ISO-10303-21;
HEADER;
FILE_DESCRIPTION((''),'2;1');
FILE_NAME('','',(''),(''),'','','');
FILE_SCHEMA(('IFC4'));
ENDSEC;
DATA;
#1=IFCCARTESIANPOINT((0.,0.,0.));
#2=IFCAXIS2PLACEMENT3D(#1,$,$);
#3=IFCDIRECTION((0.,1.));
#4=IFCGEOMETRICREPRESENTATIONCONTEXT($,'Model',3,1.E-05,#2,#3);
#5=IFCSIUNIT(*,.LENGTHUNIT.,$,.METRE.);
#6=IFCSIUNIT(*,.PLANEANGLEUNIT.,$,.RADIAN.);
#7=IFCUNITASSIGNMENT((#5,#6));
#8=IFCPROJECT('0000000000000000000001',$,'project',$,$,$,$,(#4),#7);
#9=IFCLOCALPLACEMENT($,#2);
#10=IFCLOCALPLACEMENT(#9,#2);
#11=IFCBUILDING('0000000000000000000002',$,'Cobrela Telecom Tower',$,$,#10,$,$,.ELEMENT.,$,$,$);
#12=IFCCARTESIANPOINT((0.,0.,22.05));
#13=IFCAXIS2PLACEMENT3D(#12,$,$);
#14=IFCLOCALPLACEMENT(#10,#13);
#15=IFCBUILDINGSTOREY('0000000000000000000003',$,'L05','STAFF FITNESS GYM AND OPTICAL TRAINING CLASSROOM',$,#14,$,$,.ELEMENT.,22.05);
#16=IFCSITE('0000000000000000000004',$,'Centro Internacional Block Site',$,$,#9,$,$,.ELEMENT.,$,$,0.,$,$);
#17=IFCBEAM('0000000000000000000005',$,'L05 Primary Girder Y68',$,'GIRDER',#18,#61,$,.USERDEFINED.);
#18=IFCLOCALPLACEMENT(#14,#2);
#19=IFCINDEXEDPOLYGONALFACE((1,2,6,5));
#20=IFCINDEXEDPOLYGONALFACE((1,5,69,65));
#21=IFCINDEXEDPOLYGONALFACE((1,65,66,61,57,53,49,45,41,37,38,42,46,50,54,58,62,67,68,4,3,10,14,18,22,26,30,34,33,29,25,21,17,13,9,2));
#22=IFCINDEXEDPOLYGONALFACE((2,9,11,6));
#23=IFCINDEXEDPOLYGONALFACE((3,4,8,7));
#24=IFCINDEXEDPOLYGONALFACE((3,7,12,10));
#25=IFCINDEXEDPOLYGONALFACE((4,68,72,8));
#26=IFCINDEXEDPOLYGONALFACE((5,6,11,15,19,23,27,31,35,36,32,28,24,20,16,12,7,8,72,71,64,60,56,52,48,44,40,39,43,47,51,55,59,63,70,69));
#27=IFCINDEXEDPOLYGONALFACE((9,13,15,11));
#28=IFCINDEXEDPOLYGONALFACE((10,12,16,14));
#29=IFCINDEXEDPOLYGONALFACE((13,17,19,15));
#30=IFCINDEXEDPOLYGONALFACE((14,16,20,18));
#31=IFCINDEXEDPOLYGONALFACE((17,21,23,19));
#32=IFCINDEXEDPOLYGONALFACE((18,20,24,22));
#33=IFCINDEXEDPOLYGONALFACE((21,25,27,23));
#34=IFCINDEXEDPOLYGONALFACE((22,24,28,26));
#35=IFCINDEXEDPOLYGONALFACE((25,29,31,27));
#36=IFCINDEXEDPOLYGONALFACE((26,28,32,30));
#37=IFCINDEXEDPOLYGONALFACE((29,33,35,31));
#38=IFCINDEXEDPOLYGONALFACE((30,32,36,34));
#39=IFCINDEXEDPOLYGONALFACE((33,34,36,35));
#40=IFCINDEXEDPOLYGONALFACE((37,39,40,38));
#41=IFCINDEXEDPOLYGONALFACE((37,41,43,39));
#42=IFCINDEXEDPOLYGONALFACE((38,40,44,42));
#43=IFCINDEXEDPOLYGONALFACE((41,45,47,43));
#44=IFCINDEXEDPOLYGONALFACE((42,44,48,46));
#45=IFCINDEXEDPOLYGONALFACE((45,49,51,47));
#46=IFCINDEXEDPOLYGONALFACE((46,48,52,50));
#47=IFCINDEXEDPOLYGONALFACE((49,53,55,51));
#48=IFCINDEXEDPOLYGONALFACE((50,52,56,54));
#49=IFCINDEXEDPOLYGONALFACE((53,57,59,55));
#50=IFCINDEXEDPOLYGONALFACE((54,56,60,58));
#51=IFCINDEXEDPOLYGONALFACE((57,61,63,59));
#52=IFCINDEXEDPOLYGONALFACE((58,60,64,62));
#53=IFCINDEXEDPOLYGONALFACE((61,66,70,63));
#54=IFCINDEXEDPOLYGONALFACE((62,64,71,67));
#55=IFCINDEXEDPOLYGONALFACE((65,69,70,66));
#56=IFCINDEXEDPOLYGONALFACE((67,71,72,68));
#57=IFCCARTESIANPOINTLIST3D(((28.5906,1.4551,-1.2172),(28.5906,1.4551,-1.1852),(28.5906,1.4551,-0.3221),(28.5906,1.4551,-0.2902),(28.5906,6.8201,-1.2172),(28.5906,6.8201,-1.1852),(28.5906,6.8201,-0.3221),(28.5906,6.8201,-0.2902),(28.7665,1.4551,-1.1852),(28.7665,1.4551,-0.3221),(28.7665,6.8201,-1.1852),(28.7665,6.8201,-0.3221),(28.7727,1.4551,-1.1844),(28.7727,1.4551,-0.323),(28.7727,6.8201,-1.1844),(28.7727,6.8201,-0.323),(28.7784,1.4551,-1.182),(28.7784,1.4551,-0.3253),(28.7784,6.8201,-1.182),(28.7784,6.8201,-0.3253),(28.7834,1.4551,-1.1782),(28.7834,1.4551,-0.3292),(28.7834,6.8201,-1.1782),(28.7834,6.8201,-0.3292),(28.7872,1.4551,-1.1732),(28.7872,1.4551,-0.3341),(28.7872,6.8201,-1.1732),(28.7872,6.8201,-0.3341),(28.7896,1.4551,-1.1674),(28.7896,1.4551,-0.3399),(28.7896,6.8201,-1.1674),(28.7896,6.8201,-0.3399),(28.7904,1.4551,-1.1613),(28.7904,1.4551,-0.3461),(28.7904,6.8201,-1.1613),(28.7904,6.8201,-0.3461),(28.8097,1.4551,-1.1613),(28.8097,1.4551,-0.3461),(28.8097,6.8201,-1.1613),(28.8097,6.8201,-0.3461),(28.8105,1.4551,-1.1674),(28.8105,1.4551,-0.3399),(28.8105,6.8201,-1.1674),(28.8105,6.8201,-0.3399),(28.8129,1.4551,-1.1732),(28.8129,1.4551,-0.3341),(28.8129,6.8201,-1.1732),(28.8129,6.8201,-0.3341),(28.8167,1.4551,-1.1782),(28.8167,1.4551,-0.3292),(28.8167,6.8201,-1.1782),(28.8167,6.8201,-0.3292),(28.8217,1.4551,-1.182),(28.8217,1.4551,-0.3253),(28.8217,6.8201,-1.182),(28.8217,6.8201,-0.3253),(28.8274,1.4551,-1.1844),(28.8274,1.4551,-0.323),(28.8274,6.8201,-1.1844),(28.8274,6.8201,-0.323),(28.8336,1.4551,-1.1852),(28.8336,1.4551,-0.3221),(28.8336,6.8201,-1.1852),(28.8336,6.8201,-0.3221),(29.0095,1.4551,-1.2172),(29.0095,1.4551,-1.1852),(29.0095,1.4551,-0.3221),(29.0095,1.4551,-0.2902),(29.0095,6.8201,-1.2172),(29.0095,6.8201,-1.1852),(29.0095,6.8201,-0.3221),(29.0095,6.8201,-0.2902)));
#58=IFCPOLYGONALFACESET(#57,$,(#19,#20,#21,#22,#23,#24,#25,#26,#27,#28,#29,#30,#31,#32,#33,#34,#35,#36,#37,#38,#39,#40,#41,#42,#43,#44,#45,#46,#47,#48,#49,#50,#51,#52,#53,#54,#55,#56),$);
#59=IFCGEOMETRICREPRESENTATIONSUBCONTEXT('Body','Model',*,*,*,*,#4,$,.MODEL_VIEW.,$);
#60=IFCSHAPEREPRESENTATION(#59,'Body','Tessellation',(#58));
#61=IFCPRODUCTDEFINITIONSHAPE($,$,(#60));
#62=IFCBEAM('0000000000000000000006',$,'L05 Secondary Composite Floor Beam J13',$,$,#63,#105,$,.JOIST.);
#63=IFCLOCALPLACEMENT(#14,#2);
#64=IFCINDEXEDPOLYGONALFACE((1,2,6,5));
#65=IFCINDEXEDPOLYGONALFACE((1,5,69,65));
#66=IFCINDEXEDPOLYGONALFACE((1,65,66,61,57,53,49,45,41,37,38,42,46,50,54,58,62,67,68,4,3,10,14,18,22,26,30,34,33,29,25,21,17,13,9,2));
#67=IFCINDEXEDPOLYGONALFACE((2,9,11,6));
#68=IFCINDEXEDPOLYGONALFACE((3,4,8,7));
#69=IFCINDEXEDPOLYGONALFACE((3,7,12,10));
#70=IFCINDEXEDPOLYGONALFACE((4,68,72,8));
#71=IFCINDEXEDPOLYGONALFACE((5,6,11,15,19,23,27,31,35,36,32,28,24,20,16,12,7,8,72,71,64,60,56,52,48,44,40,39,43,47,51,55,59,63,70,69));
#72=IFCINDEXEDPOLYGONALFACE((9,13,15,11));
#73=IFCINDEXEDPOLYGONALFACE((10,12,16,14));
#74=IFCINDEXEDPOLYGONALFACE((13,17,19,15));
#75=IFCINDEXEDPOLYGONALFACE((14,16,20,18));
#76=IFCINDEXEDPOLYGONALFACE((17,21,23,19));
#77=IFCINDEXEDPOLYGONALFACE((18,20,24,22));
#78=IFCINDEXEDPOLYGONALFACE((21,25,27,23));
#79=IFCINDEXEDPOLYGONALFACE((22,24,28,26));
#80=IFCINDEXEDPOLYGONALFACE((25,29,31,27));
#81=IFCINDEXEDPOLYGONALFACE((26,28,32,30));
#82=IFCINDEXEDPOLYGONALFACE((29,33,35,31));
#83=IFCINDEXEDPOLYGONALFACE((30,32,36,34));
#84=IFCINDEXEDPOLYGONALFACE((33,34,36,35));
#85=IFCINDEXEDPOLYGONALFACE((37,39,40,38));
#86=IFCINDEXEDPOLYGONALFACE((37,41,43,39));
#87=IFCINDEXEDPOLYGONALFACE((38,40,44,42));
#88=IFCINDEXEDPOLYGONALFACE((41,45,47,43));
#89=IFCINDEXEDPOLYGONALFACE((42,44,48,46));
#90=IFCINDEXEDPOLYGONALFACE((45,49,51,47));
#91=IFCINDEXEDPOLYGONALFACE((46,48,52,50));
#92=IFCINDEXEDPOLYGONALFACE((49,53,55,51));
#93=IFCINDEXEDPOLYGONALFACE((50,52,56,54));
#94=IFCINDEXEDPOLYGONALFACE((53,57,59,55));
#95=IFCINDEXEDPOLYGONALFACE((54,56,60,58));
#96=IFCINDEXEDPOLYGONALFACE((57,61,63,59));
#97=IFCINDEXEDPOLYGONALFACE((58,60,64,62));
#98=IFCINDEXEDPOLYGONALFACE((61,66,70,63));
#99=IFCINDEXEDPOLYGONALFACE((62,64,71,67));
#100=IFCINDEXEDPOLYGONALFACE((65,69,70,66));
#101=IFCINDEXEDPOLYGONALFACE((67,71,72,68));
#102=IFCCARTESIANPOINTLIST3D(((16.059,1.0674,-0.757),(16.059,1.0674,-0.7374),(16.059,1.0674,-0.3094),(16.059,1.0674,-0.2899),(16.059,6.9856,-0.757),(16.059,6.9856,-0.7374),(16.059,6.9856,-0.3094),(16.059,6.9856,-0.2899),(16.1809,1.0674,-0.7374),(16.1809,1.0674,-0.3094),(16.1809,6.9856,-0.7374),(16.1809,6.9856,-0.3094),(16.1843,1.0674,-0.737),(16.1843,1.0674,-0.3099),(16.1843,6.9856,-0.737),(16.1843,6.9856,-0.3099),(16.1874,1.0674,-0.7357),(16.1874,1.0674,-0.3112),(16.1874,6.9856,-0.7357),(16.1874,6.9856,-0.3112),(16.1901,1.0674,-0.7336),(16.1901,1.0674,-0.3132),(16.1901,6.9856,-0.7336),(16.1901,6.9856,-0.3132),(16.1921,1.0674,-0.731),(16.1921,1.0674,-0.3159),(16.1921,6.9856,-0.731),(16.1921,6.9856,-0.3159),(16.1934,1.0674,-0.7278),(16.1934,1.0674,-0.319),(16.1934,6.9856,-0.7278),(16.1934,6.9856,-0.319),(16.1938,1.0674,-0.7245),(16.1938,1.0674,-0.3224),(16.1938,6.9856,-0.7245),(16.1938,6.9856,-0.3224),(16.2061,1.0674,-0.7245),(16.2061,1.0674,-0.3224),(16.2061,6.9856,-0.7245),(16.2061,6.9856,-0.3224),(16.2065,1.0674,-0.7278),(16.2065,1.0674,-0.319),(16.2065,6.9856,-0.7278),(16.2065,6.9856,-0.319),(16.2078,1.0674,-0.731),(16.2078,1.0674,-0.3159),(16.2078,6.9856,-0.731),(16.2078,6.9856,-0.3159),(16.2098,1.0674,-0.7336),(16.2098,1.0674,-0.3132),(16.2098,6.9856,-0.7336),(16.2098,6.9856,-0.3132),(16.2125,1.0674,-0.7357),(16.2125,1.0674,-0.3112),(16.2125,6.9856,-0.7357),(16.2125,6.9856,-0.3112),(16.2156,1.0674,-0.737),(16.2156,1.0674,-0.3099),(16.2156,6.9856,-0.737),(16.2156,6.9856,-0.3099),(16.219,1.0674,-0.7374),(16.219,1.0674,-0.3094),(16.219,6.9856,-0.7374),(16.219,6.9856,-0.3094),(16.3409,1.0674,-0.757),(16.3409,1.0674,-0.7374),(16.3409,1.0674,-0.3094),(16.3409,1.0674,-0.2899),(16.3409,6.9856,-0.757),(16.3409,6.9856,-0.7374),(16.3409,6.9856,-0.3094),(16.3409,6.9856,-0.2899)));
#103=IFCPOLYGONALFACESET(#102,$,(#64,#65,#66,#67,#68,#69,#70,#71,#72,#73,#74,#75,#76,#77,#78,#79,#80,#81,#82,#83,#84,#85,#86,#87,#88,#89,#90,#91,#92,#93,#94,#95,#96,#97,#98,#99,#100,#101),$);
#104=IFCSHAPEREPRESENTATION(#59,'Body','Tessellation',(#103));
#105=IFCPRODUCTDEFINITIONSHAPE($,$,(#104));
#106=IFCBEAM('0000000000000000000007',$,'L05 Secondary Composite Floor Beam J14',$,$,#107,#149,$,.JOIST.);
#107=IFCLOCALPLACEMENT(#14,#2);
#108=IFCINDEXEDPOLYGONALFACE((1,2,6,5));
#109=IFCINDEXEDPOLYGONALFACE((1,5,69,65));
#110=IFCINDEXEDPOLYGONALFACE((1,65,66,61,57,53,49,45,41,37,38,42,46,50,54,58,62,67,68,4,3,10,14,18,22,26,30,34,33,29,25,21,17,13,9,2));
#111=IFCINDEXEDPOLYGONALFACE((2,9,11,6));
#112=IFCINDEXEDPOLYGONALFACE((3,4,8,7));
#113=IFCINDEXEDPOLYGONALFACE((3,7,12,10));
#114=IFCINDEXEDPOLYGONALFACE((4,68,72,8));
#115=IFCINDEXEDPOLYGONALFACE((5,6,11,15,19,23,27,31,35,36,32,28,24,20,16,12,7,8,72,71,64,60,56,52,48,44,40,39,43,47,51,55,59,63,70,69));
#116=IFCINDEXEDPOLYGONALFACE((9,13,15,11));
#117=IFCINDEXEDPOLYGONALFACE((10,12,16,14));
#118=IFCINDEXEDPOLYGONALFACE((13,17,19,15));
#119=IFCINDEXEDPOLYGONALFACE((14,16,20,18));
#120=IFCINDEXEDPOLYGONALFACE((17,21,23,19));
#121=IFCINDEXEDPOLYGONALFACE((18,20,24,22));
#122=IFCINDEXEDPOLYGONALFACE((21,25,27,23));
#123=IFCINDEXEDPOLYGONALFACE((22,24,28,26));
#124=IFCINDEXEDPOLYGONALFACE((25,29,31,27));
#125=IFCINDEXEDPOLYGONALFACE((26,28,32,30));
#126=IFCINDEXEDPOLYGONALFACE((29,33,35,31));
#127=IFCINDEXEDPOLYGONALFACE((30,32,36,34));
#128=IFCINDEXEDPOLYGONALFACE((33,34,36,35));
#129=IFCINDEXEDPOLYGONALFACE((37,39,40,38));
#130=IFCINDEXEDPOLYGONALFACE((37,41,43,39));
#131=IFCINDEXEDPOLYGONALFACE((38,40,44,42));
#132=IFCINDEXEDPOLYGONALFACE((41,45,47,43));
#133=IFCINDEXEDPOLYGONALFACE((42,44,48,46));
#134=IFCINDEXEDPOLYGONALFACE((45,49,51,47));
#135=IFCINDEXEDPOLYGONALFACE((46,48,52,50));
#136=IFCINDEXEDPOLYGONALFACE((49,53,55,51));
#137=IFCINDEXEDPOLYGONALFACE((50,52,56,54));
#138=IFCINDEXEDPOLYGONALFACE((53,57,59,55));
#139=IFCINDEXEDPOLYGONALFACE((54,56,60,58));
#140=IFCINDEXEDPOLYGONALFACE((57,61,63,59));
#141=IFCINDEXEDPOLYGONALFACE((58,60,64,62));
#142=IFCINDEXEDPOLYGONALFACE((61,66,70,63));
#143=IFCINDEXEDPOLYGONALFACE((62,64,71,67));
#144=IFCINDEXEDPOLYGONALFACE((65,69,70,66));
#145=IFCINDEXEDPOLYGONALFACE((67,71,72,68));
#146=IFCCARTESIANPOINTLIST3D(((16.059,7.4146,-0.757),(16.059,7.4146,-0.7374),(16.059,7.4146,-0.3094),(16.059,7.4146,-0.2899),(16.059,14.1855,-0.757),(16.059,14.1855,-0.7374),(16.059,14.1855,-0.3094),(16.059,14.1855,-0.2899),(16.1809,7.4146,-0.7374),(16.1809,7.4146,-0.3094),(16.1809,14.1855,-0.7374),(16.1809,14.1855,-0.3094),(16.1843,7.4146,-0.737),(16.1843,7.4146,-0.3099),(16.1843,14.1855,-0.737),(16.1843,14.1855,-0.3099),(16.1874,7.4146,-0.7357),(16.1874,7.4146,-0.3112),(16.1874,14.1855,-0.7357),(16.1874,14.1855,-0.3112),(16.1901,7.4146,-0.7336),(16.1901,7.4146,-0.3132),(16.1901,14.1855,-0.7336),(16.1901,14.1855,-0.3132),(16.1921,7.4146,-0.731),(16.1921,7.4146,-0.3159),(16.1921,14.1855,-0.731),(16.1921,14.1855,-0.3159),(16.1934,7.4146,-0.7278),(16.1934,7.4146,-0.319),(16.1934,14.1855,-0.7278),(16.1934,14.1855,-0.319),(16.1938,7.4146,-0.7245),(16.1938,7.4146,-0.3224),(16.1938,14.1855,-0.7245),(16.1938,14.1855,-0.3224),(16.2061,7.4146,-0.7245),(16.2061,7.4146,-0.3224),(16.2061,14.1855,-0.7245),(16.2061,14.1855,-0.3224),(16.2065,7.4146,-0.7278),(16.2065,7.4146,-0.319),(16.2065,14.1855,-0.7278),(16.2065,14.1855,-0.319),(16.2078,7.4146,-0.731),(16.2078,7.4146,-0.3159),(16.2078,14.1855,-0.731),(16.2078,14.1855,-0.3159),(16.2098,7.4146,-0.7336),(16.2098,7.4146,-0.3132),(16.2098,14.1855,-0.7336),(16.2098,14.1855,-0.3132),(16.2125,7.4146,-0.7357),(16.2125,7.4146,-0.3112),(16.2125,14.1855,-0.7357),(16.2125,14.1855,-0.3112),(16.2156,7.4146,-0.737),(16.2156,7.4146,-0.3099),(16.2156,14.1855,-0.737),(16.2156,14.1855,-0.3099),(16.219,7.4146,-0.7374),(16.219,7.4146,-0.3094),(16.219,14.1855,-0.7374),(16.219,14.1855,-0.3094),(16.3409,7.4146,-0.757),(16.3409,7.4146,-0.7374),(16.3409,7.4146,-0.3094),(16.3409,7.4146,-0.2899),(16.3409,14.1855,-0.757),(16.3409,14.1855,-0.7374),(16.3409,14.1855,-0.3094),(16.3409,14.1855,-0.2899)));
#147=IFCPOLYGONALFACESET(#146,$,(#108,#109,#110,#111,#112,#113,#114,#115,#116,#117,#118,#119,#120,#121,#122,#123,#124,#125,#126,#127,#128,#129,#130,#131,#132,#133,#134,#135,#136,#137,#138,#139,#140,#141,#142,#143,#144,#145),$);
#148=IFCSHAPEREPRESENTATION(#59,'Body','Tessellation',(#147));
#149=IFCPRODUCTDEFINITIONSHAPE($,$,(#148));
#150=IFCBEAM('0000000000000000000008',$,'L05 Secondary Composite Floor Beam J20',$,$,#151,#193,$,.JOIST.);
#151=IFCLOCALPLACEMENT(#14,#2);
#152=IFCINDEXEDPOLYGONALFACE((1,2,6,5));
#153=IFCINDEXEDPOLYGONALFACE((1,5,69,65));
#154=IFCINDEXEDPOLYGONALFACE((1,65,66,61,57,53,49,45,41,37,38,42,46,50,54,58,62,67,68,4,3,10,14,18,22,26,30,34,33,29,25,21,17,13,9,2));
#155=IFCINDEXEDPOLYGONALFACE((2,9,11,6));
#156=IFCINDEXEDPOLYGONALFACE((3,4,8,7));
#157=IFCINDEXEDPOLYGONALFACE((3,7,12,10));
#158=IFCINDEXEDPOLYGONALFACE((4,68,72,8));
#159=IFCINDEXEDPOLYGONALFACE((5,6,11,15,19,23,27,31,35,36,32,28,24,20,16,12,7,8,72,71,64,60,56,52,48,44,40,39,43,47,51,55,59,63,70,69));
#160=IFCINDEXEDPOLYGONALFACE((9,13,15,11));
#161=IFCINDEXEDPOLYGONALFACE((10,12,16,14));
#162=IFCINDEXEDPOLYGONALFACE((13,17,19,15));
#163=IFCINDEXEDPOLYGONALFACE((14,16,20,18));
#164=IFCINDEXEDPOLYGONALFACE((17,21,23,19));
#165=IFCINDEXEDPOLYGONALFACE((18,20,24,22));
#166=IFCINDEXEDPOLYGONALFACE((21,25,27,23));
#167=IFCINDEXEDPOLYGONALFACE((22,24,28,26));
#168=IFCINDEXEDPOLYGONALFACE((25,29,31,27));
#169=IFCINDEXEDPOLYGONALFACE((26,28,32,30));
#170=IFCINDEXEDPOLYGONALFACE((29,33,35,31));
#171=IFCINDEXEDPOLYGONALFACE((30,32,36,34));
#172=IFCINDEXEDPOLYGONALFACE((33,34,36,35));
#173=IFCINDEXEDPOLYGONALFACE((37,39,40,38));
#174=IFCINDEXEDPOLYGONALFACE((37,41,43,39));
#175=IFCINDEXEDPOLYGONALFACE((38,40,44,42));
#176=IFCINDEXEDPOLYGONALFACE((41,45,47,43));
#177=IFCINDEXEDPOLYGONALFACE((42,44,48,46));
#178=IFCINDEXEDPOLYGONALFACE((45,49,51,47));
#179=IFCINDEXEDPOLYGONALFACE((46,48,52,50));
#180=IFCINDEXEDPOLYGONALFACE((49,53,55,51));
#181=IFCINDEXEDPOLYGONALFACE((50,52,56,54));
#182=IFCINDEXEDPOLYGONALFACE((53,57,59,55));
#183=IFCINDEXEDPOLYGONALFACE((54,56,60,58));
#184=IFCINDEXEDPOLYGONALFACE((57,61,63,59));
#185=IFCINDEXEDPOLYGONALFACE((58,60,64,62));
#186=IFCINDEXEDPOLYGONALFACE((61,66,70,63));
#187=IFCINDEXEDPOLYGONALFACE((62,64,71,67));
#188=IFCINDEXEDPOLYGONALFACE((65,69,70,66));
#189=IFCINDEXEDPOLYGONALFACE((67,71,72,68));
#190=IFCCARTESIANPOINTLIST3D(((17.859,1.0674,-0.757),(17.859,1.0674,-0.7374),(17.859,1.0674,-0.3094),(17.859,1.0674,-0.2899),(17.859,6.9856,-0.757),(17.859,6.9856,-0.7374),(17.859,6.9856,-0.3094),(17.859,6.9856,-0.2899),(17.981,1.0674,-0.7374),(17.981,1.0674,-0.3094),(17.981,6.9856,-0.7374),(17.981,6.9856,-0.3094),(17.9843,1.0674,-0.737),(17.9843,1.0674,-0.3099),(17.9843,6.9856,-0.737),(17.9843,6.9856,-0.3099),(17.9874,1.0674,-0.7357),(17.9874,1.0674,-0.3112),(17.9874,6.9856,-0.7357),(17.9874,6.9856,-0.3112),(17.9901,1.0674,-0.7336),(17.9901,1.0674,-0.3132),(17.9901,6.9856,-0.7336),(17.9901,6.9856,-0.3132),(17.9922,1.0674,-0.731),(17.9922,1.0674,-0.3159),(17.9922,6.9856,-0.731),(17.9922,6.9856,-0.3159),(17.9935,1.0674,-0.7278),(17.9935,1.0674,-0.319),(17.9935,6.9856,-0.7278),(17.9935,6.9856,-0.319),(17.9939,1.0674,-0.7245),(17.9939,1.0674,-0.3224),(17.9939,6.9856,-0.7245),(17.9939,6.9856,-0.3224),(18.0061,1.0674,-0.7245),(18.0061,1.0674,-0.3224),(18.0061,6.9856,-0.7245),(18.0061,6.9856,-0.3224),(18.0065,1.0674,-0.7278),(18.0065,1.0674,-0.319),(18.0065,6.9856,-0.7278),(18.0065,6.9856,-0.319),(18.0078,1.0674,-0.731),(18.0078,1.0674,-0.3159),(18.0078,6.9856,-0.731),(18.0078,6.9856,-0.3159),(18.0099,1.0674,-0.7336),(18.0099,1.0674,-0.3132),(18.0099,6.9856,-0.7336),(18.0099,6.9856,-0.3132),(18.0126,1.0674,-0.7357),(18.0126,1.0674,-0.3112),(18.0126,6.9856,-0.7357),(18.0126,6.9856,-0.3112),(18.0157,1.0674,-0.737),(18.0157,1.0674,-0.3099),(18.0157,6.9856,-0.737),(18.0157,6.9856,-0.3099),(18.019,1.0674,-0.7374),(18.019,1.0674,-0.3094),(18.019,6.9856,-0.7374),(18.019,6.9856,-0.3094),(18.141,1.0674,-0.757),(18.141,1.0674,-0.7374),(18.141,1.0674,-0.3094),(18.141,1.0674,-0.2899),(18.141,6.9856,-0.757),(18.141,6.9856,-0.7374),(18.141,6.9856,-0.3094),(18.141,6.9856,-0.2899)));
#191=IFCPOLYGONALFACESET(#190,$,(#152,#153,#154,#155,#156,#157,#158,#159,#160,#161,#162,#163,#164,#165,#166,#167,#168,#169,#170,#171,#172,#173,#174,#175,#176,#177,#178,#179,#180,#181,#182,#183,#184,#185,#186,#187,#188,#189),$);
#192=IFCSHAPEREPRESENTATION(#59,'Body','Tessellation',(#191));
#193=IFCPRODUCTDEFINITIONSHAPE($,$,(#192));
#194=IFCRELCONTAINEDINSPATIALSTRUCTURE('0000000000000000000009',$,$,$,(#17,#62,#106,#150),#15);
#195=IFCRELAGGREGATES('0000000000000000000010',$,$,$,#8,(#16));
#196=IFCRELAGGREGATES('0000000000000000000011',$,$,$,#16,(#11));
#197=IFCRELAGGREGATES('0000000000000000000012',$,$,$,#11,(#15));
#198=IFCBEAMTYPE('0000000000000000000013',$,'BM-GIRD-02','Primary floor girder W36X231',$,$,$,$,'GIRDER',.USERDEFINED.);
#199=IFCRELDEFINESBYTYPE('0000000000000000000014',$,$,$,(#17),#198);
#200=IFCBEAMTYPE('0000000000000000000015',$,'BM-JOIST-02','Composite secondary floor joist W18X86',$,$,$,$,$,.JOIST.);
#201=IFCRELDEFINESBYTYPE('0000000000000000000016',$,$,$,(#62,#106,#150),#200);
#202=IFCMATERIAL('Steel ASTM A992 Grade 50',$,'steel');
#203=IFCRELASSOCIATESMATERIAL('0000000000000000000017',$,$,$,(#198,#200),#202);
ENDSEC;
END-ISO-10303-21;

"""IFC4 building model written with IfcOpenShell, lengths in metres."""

from ifc_helpers import new_model, si_unit, direction, frame, origin, origin_2d, place, context, subcontext, project, spatial, i_section, extrude, material, material_profile, profile_set, type_object, element, save


model = new_model("IFC4")

# Units and contexts
model_context = context("Model", 3, precision=1e-05, world=origin(), true_north=direction((0.0, 1.0)))
body_context = subcontext(model_context, "Body", "Model", "MODEL_VIEW")
ifc_project = project(units=[si_unit("LENGTHUNIT", "METRE"), si_unit("PLANEANGLEUNIT", "RADIAN")], contexts=[model_context])

# Site, building, storey
site_placement = place(None, origin())
site = spatial("IfcSite", under=ifc_project, at=site_placement, Name="Centro Internacional Block Site", CompositionType="ELEMENT", RefElevation=0.0)
building_placement = place(site_placement, origin())
building = spatial("IfcBuilding", under=site, at=building_placement, Name="Cobrela Telecom Tower", CompositionType="ELEMENT")
storey_placement = place(building_placement, frame((0.0, 0.0, 22.05)))
storey = spatial("IfcBuildingStorey", under=building, at=storey_placement, Name="L05", Description="STAFF FITNESS GYM AND OPTICAL TRAINING CLASSROOM", CompositionType="ELEMENT", Elevation=22.05)

# Beams
ifc_material_1 = material(Name="Steel ASTM A992 Grade 50", Category="steel")
ifc_material_profile_1 = material_profile(ifc_material_1, i_section(OverallWidth=0.4189, OverallDepth=0.927, WebThickness=0.0193, FlangeThickness=0.032, FilletRadius=0.0239, at=origin_2d()), Name="W36X231")
ifc_profile_set_1 = profile_set([ifc_material_profile_1], Name="Steel ASTM A992 Grade 50")
beam_type_1 = type_object("IfcBeamType", Name="BM-GIRD-02", Description="Primary floor girder W36X231", ElementType="GIRDER", PredefinedType="USERDEFINED", material=ifc_profile_set_1)
beam_1_placement = place(storey_placement, frame((28.8, 1.4551, -0.7537), z_axis=(0.0, 1.0, 0.0), x_axis=(-1.0, 0.0, 0.0)))
element("IfcBeam", 1, at=beam_1_placement, inside=storey, type_object=beam_type_1, Name="L05 Primary Girder Y68", ObjectType="GIRDER", PredefinedType="USERDEFINED", context=body_context, shape_type="SweptSolid", body=[
    extrude(i_section(OverallWidth=0.4189, OverallDepth=0.927, WebThickness=0.0193, FlangeThickness=0.032, FilletRadius=0.0239, at=origin_2d()), origin(), (0.0, 0.0, 1.0), 5.365),
])
ifc_material_profile_2 = material_profile(ifc_material_1, i_section(OverallWidth=0.282, OverallDepth=0.467, WebThickness=0.0122, FlangeThickness=0.0195, FilletRadius=0.0129, at=origin_2d()), Name="W18X86")
ifc_profile_set_2 = profile_set([ifc_material_profile_2], Name="Steel ASTM A992 Grade 50")
beam_type_2 = type_object("IfcBeamType", Name="BM-JOIST-02", Description="Composite secondary floor joist W18X86", PredefinedType="JOIST", material=ifc_profile_set_2)
beam_2_placement = place(storey_placement, frame((16.2, 1.0674, -0.5234), z_axis=(0.0, 1.0, 0.0), x_axis=(-1.0, 0.0, 0.0)))
element("IfcBeam", 2, at=beam_2_placement, inside=storey, type_object=beam_type_2, Name="L05 Secondary Composite Floor Beam J13", PredefinedType="JOIST", context=body_context, shape_type="SweptSolid", body=[
    extrude(i_section(OverallWidth=0.282, OverallDepth=0.467, WebThickness=0.0122, FlangeThickness=0.0195, FilletRadius=0.0129, at=origin_2d()), origin(), (0.0, 0.0, 1.0), 5.9182),
])
beam_3_placement = place(storey_placement, frame((16.2, 7.4146, -0.5234), z_axis=(0.0, 1.0, 0.0), x_axis=(-1.0, 0.0, 0.0)))
element("IfcBeam", 3, at=beam_3_placement, inside=storey, type_object=beam_type_2, Name="L05 Secondary Composite Floor Beam J14", PredefinedType="JOIST", context=body_context, shape_type="SweptSolid", body=[
    extrude(i_section(OverallWidth=0.282, OverallDepth=0.467, WebThickness=0.0122, FlangeThickness=0.0195, FilletRadius=0.0129, at=origin_2d()), origin(), (0.0, 0.0, 1.0), 6.771),
])
beam_4_placement = place(storey_placement, frame((18.0, 1.0674, -0.5234), z_axis=(0.0, 1.0, 0.0), x_axis=(-1.0, 0.0, 0.0)))
element("IfcBeam", 4, at=beam_4_placement, inside=storey, type_object=beam_type_2, Name="L05 Secondary Composite Floor Beam J20", PredefinedType="JOIST", context=body_context, shape_type="SweptSolid", body=[
    extrude(i_section(OverallWidth=0.282, OverallDepth=0.467, WebThickness=0.0122, FlangeThickness=0.0195, FilletRadius=0.0129, at=origin_2d()), origin(), (0.0, 0.0, 1.0), 5.9182),
])

save(model, "model.ifc")
